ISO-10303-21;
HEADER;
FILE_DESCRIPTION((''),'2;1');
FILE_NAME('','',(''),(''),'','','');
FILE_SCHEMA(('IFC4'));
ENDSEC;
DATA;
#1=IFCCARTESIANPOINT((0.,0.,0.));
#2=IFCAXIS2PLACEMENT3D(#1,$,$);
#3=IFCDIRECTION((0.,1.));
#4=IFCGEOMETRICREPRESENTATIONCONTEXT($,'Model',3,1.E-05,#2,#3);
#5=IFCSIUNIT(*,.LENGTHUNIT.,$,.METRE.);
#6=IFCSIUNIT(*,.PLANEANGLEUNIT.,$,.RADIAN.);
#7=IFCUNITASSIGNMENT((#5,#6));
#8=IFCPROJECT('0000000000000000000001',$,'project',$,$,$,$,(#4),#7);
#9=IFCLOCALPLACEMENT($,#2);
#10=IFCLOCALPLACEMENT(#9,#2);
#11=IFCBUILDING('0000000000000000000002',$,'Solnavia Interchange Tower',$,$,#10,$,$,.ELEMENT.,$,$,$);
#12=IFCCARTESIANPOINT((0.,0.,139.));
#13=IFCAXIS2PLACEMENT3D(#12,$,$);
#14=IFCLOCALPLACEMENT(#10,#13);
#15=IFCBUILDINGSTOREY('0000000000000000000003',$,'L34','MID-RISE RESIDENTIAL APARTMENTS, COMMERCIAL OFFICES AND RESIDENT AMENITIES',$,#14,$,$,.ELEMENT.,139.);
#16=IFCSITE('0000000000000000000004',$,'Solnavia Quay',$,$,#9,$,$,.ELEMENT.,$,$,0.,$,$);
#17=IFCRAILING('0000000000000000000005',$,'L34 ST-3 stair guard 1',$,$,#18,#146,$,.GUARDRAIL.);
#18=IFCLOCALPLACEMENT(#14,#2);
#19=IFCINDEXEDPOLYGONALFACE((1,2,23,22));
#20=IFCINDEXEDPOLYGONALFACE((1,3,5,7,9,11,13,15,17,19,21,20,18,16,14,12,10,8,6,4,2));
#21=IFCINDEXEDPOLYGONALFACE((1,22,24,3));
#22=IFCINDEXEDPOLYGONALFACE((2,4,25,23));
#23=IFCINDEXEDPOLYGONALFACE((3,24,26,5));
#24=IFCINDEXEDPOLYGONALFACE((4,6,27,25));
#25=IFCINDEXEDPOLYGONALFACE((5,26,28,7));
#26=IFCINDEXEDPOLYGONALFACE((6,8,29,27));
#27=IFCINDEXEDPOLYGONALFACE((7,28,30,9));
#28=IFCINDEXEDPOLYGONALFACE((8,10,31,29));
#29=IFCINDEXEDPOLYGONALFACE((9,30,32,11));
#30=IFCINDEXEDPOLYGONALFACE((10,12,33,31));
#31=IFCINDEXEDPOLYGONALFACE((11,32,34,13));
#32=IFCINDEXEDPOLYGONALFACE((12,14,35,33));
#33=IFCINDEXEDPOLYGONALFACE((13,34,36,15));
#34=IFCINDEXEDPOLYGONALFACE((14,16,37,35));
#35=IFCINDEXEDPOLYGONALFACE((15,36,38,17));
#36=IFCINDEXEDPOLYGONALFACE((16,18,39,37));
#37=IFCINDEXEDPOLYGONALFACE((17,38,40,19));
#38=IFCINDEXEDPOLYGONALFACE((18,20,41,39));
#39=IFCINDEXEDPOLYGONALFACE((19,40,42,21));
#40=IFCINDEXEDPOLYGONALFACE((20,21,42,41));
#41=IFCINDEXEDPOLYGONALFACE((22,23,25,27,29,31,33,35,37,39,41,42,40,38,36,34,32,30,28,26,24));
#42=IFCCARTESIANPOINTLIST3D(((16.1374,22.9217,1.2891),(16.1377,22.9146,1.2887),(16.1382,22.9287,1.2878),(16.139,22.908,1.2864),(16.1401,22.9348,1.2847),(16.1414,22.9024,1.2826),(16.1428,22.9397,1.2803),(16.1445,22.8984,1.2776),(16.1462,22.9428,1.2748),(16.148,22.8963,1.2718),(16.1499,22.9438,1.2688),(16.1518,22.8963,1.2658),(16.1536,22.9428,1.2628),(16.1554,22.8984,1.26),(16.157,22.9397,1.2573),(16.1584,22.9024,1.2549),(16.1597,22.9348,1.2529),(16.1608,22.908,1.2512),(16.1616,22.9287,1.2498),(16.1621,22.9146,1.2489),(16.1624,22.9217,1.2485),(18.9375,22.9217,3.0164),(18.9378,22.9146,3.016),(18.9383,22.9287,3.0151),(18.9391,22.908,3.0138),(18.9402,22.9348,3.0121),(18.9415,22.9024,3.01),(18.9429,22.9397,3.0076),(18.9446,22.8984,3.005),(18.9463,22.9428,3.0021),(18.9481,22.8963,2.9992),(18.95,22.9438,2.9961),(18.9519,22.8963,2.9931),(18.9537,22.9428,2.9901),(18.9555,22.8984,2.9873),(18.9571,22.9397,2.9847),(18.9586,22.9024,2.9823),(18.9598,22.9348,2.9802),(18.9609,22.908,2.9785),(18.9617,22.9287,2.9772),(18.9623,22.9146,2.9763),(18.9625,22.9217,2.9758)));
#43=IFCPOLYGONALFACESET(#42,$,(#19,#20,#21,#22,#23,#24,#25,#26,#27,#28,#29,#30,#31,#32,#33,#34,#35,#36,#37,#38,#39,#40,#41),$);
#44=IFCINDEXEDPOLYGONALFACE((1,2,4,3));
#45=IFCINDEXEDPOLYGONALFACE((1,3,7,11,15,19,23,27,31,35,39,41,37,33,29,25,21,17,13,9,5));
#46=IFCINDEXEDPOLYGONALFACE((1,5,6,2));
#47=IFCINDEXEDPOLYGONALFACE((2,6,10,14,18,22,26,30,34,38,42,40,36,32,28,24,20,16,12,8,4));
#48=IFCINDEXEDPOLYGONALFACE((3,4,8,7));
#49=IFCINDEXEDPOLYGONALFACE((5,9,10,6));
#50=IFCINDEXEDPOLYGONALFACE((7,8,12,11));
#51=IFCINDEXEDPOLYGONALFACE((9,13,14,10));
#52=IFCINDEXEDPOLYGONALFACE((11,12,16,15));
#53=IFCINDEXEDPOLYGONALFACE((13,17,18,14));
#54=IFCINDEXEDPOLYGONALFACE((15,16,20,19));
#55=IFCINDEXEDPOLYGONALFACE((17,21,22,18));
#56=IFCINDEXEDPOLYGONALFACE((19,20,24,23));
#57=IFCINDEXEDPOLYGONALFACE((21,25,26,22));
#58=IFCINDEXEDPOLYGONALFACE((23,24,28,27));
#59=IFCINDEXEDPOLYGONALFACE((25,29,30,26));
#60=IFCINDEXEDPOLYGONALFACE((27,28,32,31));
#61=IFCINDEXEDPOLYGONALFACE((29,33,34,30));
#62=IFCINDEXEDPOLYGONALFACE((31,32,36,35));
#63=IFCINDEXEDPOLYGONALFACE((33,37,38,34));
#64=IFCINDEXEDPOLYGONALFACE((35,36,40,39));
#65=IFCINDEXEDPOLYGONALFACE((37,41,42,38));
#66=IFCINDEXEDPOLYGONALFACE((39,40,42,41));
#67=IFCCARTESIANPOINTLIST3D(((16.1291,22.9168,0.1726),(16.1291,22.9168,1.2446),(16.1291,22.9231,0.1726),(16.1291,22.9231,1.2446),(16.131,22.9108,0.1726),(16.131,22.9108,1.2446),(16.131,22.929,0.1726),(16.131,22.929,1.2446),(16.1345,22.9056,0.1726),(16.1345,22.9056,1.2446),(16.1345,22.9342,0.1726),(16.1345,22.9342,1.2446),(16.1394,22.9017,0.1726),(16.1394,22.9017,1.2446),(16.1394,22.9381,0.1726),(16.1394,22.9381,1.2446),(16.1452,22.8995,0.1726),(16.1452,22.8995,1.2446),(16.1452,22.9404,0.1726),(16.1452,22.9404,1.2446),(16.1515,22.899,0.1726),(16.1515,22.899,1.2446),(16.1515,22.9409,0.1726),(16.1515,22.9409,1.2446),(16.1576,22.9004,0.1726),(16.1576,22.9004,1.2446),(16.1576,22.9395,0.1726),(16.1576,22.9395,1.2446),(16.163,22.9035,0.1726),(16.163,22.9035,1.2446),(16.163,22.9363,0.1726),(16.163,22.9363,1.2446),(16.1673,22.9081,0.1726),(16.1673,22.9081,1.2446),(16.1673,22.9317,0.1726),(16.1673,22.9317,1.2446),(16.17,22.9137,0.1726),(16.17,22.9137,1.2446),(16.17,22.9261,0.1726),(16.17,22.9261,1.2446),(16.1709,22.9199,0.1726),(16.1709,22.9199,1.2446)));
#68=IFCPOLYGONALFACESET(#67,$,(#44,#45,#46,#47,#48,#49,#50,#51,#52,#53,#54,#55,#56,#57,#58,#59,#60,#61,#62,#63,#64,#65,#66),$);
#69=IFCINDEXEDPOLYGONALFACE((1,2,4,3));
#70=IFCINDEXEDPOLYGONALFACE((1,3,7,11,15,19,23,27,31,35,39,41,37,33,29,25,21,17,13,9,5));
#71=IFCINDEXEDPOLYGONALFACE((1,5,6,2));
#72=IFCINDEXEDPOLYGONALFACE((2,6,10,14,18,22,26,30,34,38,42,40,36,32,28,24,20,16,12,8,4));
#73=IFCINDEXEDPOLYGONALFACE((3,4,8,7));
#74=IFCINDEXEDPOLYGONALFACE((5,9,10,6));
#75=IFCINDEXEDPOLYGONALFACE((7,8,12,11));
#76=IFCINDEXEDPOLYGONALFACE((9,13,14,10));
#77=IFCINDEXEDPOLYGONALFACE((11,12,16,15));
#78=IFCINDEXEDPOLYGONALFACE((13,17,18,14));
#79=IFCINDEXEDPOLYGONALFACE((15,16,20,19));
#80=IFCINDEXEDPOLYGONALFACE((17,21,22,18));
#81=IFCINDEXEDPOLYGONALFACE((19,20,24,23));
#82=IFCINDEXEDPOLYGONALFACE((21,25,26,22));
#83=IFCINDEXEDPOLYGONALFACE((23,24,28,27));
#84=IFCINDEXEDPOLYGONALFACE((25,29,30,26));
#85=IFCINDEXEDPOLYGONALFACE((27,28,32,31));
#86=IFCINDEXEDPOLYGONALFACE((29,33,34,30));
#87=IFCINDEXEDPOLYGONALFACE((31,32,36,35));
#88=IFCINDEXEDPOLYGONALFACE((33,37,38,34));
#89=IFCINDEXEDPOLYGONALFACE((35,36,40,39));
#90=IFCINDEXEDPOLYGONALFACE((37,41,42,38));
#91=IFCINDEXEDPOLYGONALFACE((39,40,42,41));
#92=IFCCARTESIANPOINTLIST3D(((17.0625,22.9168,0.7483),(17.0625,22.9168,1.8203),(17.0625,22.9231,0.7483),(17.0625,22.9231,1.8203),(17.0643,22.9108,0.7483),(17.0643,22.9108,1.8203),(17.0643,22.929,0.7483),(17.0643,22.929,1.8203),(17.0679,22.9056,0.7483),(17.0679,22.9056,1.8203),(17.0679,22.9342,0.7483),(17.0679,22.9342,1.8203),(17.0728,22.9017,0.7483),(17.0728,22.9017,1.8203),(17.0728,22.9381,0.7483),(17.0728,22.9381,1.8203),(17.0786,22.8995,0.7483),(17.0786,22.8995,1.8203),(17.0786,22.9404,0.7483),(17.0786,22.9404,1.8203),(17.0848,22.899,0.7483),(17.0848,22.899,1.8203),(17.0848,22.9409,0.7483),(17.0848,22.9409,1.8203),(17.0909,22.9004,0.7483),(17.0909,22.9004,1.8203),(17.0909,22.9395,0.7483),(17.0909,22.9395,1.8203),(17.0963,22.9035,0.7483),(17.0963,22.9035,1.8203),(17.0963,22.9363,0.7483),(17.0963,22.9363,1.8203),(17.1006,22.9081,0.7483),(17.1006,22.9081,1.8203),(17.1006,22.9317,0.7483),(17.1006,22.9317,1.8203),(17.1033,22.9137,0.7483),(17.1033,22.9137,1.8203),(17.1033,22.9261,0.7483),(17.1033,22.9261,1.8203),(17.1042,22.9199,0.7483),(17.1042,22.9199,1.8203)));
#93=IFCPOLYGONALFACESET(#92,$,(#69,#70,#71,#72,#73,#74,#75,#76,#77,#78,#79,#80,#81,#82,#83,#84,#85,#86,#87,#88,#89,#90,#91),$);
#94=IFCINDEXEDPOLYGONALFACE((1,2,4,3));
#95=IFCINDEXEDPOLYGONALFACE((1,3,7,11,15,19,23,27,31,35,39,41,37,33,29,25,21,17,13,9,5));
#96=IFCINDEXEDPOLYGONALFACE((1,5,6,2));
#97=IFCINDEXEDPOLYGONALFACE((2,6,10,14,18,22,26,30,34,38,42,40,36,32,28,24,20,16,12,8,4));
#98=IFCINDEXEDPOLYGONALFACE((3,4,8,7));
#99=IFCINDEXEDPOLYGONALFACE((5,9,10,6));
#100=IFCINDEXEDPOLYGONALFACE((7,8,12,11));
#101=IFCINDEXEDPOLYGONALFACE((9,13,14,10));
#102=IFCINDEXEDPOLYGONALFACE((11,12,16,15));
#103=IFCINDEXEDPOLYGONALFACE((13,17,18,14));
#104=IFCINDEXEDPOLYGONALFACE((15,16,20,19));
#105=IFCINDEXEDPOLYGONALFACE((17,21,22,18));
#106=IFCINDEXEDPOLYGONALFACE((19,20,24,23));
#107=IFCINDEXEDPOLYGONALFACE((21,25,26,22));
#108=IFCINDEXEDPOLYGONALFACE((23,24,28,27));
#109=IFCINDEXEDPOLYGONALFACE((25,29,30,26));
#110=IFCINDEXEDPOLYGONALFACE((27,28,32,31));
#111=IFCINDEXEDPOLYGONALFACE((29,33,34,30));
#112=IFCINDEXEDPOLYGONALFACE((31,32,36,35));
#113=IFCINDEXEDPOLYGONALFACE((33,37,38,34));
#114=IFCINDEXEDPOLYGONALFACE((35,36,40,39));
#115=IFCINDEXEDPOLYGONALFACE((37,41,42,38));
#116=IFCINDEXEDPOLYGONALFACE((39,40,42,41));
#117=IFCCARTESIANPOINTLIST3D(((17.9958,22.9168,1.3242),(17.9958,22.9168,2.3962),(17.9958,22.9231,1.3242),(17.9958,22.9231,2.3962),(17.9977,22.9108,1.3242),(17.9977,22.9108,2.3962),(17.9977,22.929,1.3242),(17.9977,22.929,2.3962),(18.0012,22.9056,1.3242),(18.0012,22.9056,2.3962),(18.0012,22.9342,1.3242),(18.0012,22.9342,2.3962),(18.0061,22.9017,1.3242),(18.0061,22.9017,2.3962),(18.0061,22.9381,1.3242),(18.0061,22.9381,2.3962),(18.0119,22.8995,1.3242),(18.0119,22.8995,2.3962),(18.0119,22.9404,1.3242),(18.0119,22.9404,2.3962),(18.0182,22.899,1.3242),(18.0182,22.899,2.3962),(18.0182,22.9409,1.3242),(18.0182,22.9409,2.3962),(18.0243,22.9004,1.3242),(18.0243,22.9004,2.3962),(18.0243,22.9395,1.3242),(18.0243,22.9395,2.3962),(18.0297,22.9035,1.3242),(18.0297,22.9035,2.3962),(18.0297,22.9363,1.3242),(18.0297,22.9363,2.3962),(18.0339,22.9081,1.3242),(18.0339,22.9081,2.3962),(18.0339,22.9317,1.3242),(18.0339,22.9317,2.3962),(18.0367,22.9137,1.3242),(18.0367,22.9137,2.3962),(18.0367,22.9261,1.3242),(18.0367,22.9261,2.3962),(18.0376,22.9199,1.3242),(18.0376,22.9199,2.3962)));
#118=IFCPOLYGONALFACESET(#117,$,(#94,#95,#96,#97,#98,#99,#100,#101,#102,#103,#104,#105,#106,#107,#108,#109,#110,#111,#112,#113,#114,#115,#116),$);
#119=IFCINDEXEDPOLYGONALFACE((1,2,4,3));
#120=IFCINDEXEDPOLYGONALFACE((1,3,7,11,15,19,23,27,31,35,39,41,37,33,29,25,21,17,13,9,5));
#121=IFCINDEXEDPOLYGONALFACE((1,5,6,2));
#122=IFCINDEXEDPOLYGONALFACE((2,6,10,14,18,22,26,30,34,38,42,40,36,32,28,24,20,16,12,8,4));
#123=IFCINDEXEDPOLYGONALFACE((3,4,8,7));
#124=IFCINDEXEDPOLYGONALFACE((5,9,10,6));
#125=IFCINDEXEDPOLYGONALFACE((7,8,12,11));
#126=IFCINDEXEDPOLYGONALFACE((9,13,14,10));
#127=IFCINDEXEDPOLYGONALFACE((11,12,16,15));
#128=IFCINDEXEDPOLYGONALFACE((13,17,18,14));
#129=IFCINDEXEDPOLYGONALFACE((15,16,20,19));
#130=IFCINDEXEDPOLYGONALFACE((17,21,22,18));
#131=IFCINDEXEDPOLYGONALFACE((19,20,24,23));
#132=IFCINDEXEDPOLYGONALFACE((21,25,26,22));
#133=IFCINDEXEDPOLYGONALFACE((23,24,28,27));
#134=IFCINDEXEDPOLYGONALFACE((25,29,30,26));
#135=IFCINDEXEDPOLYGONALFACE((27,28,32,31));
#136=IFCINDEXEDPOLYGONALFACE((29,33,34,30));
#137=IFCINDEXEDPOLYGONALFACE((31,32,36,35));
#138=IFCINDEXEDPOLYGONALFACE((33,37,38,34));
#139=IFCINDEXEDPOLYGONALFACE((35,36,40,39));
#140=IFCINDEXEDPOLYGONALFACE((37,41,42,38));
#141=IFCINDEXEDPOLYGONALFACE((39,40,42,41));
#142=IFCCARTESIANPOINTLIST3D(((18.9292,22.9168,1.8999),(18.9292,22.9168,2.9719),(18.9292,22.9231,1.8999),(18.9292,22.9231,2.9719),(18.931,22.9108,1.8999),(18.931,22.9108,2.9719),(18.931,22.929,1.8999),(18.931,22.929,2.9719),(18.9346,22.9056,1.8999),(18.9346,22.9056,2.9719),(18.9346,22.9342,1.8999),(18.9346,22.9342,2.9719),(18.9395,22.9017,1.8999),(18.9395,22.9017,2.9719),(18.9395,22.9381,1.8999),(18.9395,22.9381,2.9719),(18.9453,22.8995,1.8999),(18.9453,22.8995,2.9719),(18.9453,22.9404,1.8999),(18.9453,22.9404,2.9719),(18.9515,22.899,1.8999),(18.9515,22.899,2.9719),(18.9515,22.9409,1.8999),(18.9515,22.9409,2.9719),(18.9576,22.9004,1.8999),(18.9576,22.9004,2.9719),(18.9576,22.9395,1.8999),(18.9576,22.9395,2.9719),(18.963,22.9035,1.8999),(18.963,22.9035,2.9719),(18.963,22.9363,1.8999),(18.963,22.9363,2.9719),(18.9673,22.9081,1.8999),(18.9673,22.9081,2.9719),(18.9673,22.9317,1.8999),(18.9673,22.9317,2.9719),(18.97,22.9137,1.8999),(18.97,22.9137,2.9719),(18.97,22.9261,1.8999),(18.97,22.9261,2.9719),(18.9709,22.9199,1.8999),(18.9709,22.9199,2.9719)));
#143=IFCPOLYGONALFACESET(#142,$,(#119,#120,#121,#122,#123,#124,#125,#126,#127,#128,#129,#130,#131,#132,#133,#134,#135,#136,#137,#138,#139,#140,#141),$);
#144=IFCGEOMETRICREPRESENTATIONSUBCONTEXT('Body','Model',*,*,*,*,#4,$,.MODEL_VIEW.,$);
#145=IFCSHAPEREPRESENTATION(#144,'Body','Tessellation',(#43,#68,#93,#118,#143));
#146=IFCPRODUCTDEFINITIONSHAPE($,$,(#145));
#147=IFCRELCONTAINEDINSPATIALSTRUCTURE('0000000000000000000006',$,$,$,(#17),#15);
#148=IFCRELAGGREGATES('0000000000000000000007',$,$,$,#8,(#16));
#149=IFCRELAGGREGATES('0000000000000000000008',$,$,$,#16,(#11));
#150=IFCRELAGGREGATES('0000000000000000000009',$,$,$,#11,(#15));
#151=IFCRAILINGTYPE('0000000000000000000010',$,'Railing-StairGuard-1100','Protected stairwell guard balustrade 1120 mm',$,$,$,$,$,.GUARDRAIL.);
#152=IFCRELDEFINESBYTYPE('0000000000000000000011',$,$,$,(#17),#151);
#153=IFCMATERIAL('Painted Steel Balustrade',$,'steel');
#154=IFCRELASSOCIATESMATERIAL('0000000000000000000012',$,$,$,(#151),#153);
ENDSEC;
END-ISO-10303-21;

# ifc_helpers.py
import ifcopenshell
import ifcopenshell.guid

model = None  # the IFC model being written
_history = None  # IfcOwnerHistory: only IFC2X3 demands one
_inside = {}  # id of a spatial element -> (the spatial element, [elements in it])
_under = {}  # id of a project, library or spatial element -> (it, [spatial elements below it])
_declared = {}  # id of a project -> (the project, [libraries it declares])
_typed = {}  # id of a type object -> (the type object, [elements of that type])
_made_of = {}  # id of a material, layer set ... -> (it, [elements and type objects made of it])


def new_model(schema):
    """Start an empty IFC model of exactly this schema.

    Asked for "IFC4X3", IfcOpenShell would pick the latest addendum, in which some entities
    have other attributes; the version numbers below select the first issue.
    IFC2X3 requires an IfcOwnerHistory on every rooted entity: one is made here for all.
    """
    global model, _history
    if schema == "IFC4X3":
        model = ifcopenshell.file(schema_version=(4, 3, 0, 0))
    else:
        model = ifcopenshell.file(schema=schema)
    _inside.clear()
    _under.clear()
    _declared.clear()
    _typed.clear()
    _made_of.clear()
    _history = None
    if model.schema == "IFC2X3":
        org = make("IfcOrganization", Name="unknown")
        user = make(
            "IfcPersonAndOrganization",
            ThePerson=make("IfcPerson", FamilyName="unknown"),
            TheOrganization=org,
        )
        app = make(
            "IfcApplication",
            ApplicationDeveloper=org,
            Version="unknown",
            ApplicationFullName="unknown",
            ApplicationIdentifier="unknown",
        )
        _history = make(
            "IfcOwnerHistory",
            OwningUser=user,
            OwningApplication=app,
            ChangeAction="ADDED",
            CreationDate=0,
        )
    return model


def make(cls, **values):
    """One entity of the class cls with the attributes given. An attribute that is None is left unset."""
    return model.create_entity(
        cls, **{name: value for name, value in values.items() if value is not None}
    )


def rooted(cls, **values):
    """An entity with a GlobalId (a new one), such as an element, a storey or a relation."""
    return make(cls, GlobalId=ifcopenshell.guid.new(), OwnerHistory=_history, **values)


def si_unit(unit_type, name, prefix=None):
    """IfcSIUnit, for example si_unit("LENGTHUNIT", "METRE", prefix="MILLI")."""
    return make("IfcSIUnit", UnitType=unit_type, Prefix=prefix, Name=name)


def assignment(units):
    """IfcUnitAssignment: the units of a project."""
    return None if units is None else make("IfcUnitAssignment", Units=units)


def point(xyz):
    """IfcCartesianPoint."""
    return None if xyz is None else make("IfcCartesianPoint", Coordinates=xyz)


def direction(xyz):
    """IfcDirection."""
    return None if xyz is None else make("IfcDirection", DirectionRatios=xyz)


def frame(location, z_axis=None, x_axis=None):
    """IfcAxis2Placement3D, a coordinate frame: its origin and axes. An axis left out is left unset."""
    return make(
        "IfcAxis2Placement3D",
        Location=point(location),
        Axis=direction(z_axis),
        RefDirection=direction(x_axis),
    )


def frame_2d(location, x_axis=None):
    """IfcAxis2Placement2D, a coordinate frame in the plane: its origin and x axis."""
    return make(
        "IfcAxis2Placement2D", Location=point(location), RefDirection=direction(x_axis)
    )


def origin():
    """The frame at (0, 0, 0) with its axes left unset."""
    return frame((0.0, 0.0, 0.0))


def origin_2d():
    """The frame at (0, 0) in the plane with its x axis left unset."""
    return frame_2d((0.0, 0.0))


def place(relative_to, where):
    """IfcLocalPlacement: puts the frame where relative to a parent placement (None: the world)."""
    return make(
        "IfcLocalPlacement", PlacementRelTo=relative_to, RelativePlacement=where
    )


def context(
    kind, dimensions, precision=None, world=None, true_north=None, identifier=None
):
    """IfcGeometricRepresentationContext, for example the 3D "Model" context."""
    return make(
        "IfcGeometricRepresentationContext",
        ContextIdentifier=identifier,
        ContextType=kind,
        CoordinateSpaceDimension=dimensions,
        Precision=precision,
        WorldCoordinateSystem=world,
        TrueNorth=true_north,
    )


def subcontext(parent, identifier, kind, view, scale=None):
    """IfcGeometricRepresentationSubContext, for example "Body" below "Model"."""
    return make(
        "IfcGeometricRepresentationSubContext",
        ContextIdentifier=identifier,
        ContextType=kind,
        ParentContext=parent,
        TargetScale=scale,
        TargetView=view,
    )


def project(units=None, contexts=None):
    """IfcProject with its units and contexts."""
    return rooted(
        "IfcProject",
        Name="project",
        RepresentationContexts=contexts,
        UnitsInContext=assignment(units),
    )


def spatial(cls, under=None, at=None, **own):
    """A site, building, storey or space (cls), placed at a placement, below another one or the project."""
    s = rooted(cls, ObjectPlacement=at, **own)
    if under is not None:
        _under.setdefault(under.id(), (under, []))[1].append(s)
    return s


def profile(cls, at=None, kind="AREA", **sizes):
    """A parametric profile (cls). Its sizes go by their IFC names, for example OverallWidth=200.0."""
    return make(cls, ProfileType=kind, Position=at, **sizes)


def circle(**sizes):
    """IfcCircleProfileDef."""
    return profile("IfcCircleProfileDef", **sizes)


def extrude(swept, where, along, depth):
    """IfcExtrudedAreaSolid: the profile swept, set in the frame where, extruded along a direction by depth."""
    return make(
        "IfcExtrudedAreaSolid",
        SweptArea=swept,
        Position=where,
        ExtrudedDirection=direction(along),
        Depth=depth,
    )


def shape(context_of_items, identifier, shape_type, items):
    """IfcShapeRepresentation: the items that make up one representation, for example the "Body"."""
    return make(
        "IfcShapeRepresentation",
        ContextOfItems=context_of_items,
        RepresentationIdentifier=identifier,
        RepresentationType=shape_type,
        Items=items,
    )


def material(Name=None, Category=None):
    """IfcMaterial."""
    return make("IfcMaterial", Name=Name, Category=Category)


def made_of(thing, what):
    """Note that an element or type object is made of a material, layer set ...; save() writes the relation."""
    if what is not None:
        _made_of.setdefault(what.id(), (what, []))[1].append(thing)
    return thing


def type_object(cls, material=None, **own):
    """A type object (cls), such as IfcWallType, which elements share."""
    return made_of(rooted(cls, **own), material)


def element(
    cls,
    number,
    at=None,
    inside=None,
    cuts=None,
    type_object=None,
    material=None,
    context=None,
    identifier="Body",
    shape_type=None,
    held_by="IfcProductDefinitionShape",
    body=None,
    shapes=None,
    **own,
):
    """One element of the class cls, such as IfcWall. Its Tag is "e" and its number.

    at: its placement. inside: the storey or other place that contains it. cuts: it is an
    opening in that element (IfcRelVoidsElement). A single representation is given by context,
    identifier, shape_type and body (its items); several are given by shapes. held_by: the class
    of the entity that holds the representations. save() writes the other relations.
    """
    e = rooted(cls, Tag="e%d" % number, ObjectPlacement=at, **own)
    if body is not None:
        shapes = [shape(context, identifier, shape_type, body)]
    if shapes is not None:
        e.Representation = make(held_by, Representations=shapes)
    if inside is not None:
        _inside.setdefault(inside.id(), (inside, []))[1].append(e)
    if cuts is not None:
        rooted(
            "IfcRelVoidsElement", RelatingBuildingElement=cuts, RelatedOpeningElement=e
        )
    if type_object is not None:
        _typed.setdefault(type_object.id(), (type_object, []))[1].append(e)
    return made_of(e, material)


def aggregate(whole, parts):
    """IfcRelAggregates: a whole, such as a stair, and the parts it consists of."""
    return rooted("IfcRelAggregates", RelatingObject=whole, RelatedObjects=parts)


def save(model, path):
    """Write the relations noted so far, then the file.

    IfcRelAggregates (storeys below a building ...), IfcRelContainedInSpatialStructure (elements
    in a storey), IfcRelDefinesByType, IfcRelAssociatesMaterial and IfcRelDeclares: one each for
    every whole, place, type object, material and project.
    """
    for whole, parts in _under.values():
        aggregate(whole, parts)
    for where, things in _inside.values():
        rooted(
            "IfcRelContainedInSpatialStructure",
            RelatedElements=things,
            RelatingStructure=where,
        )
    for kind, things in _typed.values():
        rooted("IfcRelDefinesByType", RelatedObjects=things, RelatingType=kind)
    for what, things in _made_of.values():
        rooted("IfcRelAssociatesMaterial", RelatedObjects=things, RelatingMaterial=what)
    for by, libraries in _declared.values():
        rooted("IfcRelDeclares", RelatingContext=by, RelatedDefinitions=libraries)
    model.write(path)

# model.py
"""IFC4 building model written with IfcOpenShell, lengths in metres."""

from ifc_helpers import new_model, si_unit, direction, frame, origin, origin_2d, place, context, subcontext, project, spatial, circle, extrude, material, type_object, element, save


model = new_model("IFC4")

# Units and contexts
model_context = context("Model", 3, precision=1e-05, world=origin(), true_north=direction((0.0, 1.0)))
body_context = subcontext(model_context, "Body", "Model", "MODEL_VIEW")
ifc_project = project(units=[si_unit("LENGTHUNIT", "METRE"), si_unit("PLANEANGLEUNIT", "RADIAN")], contexts=[model_context])

# Site, building, storey
site_placement = place(None, origin())
site = spatial("IfcSite", under=ifc_project, at=site_placement, Name="Solnavia Quay", CompositionType="ELEMENT", RefElevation=0.0)
building_placement = place(site_placement, origin())
building = spatial("IfcBuilding", under=site, at=building_placement, Name="Solnavia Interchange Tower", CompositionType="ELEMENT")
storey_placement = place(building_placement, frame((0.0, 0.0, 139.0)))
storey = spatial("IfcBuildingStorey", under=building, at=storey_placement, Name="L34", Description="MID-RISE RESIDENTIAL APARTMENTS, COMMERCIAL OFFICES AND RESIDENT AMENITIES", CompositionType="ELEMENT", Elevation=139.0)

# Railing
ifc_material_1 = material(Name="Painted Steel Balustrade", Category="steel")
railing_type_1 = type_object("IfcRailingType", Name="Railing-StairGuard-1100", Description="Protected stairwell guard balustrade 1120 mm", PredefinedType="GUARDRAIL", material=ifc_material_1)
railing_1_placement = place(storey_placement, frame((16.1499, 22.9199, 0.1726)))
element("IfcRailing", 1, at=railing_1_placement, inside=storey, type_object=railing_type_1, Name="L34 ST-3 stair guard 1", PredefinedType="GUARDRAIL", context=body_context, shape_type="SweptSolid", body=[
    extrude(circle(Radius=0.0239, at=origin_2d()), frame((0.0, 0.0, 1.0962), z_axis=(0.85109, 0.0, 0.52502), x_axis=(0.0, 1.0, 0.0)), (0.0, 0.0, 1.0), 3.29),
    extrude(circle(Radius=0.021, at=origin_2d()), origin(), (0.0, 0.0, 1.0), 1.072),
    extrude(circle(Radius=0.021, at=origin_2d()), frame((0.9333, 0.0, 0.5757)), (0.0, 0.0, 1.0), 1.072),
    extrude(circle(Radius=0.021, at=origin_2d()), frame((1.8667, 0.0, 1.1516)), (0.0, 0.0, 1.0), 1.072),
    extrude(circle(Radius=0.021, at=origin_2d()), frame((2.8, 0.0, 1.7273)), (0.0, 0.0, 1.0), 1.072),
])

save(model, "model.ifc")
